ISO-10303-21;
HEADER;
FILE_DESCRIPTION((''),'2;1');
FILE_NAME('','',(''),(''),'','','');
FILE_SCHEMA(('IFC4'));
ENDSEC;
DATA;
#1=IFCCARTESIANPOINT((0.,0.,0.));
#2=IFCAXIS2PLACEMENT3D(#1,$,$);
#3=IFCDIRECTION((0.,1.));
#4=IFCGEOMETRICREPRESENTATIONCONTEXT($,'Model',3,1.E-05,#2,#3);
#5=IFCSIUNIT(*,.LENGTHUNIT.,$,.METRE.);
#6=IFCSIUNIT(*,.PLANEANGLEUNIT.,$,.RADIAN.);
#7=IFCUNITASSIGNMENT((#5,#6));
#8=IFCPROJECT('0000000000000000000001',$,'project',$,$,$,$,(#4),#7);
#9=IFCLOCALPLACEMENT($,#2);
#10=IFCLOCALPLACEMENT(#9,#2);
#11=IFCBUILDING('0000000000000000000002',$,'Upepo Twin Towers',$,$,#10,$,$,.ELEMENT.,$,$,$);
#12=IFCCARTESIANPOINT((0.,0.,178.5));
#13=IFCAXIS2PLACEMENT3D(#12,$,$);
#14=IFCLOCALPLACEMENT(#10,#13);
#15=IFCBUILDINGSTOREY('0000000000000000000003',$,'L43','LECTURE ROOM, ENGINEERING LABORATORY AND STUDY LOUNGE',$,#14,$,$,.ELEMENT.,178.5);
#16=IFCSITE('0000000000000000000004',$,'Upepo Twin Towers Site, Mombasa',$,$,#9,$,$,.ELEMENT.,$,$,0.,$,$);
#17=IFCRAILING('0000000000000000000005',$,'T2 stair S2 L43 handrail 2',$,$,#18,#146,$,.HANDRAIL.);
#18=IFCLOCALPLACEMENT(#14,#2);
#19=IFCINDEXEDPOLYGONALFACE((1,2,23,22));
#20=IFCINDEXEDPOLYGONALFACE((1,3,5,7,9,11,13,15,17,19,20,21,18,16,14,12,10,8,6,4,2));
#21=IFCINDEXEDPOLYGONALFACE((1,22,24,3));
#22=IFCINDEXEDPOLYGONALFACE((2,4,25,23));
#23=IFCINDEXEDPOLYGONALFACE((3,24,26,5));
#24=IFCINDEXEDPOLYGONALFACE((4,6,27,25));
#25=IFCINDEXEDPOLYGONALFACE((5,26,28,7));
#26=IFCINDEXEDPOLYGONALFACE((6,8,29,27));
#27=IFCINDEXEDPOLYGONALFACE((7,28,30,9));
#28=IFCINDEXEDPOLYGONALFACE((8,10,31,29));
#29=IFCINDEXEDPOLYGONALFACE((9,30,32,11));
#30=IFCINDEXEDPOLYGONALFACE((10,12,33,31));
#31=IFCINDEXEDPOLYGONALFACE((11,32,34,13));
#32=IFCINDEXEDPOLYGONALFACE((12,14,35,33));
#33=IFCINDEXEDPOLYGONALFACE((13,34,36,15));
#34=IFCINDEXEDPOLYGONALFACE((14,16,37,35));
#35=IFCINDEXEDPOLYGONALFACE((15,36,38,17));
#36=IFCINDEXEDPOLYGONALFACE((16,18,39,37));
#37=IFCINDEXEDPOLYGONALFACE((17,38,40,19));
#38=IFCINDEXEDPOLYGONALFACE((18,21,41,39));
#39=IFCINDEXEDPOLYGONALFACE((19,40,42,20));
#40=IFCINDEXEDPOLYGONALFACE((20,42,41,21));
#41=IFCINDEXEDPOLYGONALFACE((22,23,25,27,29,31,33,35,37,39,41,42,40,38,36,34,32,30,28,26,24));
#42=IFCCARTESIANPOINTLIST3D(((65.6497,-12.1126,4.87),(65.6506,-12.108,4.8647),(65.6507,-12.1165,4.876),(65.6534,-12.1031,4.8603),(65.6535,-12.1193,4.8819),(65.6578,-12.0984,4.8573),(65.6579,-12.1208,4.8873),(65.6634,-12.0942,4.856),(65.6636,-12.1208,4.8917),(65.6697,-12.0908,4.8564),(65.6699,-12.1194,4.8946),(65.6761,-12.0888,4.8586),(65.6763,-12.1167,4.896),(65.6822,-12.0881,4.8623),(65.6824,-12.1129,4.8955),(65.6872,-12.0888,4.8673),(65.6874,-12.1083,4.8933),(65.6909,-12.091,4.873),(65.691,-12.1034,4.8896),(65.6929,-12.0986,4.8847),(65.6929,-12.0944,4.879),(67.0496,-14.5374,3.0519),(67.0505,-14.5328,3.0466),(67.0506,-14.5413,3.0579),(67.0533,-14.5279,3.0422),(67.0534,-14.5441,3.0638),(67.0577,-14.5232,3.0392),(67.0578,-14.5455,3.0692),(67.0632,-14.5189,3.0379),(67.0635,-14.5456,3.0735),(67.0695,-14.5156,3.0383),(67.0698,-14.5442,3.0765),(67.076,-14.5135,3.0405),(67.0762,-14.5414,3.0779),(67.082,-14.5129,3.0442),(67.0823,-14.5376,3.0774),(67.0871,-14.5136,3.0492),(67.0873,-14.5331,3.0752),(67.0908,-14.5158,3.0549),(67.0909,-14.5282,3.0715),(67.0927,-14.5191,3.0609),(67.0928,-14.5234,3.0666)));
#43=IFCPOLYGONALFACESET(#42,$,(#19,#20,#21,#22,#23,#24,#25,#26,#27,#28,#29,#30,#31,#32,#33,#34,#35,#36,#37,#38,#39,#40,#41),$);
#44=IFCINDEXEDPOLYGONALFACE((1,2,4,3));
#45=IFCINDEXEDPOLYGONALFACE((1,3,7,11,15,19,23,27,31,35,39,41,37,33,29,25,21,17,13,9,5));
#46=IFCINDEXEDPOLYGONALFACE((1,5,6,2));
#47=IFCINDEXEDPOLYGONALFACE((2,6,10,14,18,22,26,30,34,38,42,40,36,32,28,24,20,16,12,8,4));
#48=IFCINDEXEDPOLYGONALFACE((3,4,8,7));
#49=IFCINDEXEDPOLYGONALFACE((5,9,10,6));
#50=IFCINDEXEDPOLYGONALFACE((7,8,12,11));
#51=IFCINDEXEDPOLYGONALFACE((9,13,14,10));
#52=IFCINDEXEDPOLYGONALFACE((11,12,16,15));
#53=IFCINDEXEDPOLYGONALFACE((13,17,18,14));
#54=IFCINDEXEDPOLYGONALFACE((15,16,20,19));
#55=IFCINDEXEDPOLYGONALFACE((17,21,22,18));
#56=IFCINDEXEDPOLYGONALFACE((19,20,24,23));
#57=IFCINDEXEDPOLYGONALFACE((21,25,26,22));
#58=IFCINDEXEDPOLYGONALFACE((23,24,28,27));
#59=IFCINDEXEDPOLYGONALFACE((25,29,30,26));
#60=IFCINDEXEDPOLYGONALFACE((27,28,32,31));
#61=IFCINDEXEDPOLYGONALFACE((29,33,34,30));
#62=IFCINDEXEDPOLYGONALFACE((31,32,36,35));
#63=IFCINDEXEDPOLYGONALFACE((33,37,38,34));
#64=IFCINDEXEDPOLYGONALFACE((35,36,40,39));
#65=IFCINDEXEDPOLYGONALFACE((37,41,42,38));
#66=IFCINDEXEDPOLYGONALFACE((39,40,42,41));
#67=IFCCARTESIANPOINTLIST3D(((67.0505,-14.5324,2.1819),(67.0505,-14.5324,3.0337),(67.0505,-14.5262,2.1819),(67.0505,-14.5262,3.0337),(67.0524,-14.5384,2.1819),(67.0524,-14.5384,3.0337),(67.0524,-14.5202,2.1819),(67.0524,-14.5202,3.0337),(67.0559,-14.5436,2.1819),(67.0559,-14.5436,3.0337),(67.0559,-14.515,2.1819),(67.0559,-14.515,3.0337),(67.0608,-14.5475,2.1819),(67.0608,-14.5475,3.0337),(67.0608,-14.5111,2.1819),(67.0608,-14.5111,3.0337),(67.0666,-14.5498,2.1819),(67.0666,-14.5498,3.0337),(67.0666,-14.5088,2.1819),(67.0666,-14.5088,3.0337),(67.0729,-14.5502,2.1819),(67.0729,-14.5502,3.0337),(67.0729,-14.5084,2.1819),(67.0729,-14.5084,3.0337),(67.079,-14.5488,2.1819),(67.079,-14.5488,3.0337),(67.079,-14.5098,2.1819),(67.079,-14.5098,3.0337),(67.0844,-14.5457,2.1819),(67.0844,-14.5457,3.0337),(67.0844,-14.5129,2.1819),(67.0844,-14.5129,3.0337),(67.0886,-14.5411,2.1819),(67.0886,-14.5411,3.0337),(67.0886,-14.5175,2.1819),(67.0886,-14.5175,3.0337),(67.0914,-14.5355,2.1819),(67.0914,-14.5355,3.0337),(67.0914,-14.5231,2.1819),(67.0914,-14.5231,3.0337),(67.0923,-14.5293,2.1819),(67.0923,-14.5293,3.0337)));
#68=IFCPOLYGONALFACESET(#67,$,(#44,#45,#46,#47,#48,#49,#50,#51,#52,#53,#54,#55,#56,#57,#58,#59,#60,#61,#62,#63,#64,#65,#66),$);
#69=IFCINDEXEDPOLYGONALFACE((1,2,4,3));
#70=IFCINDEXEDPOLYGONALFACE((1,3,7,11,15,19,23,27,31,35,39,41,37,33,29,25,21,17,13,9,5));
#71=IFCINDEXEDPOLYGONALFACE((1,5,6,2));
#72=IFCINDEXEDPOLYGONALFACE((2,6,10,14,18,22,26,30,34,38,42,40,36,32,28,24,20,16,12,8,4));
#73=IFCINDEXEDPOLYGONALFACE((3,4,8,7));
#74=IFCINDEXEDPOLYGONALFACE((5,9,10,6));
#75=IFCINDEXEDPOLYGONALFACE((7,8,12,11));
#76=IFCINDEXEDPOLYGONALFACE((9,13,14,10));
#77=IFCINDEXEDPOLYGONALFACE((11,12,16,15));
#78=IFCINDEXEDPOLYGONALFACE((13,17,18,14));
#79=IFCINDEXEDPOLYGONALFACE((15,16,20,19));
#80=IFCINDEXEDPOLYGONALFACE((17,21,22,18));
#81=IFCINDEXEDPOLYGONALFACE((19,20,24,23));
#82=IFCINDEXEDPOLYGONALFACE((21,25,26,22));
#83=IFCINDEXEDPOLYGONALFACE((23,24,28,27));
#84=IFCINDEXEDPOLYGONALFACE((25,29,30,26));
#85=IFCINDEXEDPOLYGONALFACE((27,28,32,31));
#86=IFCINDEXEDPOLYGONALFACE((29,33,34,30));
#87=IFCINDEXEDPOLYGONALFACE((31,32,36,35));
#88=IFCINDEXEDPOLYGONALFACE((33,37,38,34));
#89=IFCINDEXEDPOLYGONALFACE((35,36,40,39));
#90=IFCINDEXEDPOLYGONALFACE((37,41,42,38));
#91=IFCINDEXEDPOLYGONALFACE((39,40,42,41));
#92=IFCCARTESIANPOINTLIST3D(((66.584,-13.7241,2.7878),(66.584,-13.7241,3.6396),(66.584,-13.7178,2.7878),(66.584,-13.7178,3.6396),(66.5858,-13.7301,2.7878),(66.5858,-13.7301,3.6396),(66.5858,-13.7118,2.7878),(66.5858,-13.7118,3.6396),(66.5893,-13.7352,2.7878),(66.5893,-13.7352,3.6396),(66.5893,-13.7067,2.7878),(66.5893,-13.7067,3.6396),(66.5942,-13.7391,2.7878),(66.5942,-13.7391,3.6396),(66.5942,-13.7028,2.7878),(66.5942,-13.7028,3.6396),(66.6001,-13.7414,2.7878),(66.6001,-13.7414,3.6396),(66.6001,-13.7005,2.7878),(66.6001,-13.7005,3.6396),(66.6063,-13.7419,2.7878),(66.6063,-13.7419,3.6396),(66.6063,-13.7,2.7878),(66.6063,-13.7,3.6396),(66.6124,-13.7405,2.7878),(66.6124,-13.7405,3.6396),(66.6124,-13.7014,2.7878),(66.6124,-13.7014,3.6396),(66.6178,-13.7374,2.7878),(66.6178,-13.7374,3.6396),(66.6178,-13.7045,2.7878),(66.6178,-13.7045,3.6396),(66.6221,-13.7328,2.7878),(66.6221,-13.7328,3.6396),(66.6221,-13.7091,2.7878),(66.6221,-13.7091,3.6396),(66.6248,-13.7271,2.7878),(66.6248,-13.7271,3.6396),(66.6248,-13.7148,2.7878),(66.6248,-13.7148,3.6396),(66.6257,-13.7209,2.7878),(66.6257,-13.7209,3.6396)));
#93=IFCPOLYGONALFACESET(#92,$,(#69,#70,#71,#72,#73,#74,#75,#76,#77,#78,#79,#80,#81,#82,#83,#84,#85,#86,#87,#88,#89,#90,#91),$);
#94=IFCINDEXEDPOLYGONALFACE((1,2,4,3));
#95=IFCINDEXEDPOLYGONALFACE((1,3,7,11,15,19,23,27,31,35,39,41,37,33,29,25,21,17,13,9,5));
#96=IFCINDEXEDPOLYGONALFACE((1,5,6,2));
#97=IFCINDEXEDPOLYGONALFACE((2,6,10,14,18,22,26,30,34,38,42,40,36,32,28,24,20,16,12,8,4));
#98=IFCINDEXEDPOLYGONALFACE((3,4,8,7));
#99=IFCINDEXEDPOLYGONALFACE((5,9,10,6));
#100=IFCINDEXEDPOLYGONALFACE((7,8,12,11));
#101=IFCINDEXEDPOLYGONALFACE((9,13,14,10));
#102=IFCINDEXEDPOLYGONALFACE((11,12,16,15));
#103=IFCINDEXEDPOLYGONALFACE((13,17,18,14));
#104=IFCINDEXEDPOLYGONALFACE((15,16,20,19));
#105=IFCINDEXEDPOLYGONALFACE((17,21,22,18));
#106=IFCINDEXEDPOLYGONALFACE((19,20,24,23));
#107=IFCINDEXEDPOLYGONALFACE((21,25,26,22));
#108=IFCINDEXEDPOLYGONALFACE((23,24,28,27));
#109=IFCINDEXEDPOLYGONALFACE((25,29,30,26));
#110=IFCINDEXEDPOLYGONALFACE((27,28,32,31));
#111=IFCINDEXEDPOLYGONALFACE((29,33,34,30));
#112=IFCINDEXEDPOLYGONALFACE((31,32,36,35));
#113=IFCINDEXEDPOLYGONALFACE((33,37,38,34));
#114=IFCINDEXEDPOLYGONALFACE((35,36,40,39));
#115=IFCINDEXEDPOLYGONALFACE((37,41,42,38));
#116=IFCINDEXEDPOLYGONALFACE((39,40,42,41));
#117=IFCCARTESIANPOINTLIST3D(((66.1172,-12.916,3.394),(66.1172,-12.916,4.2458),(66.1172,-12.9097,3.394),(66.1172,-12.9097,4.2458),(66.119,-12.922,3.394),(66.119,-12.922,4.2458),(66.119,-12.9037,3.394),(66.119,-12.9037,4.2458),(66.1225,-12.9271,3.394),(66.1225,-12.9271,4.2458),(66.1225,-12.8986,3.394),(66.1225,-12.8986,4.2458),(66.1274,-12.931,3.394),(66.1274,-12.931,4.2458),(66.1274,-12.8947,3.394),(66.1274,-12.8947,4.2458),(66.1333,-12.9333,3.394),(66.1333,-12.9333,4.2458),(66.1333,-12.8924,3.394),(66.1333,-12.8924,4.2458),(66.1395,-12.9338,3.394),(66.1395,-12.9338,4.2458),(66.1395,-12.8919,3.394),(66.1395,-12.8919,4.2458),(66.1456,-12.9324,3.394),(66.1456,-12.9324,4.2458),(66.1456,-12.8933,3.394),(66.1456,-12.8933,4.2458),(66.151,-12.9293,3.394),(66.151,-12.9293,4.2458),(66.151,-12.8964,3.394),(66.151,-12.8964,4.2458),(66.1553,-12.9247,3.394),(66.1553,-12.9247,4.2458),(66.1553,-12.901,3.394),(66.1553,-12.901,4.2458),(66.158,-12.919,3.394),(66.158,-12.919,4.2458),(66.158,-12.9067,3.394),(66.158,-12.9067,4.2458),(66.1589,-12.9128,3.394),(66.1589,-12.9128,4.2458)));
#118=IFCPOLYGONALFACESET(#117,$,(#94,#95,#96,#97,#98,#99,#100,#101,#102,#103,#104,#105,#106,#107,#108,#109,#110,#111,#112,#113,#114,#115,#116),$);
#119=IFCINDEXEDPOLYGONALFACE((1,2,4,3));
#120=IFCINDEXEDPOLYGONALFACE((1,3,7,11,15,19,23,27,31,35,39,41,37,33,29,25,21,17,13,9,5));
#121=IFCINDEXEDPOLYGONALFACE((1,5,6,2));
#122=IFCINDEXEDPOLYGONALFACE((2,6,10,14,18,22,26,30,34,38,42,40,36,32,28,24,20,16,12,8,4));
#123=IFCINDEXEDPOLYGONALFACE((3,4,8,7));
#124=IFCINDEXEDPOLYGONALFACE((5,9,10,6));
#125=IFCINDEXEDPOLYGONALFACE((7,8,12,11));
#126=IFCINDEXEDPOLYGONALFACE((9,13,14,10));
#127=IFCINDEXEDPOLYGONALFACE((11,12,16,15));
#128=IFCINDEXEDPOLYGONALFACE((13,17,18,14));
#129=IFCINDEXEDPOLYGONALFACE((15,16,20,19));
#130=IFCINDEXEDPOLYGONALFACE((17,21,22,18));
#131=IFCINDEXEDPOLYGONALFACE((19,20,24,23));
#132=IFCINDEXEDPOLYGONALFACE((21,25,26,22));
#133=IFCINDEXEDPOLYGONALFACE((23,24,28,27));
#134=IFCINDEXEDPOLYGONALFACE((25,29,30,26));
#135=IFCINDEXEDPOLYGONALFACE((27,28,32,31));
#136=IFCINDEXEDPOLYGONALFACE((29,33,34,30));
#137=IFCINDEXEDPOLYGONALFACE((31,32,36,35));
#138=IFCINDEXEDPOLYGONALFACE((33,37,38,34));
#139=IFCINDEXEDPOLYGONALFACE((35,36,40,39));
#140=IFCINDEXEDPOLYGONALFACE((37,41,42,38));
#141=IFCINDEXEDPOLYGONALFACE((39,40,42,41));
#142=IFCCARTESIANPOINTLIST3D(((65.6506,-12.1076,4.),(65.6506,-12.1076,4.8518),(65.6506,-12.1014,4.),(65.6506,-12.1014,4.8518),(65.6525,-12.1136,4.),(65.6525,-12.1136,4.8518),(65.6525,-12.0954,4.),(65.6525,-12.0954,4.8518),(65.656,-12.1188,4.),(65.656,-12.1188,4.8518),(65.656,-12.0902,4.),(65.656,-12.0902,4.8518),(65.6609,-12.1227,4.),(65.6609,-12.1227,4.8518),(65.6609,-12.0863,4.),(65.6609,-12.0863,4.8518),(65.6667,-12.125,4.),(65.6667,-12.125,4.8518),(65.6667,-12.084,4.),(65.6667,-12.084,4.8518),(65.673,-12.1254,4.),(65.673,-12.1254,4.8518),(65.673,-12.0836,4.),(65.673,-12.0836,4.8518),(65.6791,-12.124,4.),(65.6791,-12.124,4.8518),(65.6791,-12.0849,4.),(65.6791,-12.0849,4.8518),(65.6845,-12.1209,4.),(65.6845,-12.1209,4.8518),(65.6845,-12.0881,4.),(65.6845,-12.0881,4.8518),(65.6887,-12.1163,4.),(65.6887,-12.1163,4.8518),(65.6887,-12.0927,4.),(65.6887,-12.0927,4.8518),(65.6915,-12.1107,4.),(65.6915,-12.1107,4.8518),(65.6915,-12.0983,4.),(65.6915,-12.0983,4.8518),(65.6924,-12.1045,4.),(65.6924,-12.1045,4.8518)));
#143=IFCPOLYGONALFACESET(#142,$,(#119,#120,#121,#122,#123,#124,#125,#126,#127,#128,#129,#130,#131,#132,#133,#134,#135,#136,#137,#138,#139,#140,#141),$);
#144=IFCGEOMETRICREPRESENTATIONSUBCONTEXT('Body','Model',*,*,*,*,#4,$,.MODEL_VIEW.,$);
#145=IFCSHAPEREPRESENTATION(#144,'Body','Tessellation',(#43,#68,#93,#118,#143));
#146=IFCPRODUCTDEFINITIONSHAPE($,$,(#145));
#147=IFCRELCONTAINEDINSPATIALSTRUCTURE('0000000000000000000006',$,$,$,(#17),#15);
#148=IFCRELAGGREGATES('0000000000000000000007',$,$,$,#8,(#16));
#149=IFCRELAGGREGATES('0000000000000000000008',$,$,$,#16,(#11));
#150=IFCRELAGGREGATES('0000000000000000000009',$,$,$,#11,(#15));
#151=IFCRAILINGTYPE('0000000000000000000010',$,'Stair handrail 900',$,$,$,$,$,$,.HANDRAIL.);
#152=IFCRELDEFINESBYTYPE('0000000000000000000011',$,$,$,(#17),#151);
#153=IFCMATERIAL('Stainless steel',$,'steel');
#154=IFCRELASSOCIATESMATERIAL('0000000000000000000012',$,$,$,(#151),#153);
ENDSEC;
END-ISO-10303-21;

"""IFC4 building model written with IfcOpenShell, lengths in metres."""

from ifc_helpers import new_model, si_unit, direction, frame, origin, origin_2d, place, context, subcontext, project, spatial, circle, extrude, material, type_object, element, save


model = new_model("IFC4")

# Units and contexts
model_context = context("Model", 3, precision=1e-05, world=origin(), true_north=direction((0.0, 1.0)))
body_context = subcontext(model_context, "Body", "Model", "MODEL_VIEW")
ifc_project = project(units=[si_unit("LENGTHUNIT", "METRE"), si_unit("PLANEANGLEUNIT", "RADIAN")], contexts=[model_context])

# Site, building, storey
site_placement = place(None, origin())
site = spatial("IfcSite", under=ifc_project, at=site_placement, Name="Upepo Twin Towers Site, Mombasa", CompositionType="ELEMENT", RefElevation=0.0)
building_placement = place(site_placement, origin())
building = spatial("IfcBuilding", under=site, at=building_placement, Name="Upepo Twin Towers", CompositionType="ELEMENT")
storey_placement = place(building_placement, frame((0.0, 0.0, 178.5)))
storey = spatial("IfcBuildingStorey", under=building, at=storey_placement, Name="L43", Description="LECTURE ROOM, ENGINEERING LABORATORY AND STUDY LOUNGE", CompositionType="ELEMENT", Elevation=178.5)

# Railing
ifc_material_1 = material(Name="Stainless steel", Category="steel")
railing_type = type_object("IfcRailingType", Name="Stair handrail 900", PredefinedType="HANDRAIL", material=ifc_material_1)
railing_1_placement = place(storey_placement, frame((67.0713, -14.5293, 2.1819)))
element("IfcRailing", 1, at=railing_1_placement, inside=storey, type_object=railing_type, Name="T2 stair S2 L43 handrail 2", PredefinedType="HANDRAIL", context=body_context, shape_type="SweptSolid", body=[
    extrude(circle(Radius=0.0239, at=origin_2d()), frame((0.0, 0.0, 0.876), z_axis=(-0.419333, 0.726336, 0.544606), x_axis=(-0.866035, -0.499984, 0.0)), (0.0, 0.0, 1.0), 3.3384),
    extrude(circle(Radius=0.021, at=origin_2d()), origin(), (0.0, 0.0, 1.0), 0.8518),
    extrude(circle(Radius=0.021, at=origin_2d()), frame((-0.4666, 0.8083, 0.606)), (0.0, 0.0, 1.0), 0.8518),
    extrude(circle(Radius=0.021, at=origin_2d()), frame((-0.9333, 1.6165, 1.2122)), (0.0, 0.0, 1.0), 0.8518),
    extrude(circle(Radius=0.021, at=origin_2d()), frame((-1.3999, 2.4248, 1.8181)), (0.0, 0.0, 1.0), 0.8518),
])

save(model, "model.ifc")
